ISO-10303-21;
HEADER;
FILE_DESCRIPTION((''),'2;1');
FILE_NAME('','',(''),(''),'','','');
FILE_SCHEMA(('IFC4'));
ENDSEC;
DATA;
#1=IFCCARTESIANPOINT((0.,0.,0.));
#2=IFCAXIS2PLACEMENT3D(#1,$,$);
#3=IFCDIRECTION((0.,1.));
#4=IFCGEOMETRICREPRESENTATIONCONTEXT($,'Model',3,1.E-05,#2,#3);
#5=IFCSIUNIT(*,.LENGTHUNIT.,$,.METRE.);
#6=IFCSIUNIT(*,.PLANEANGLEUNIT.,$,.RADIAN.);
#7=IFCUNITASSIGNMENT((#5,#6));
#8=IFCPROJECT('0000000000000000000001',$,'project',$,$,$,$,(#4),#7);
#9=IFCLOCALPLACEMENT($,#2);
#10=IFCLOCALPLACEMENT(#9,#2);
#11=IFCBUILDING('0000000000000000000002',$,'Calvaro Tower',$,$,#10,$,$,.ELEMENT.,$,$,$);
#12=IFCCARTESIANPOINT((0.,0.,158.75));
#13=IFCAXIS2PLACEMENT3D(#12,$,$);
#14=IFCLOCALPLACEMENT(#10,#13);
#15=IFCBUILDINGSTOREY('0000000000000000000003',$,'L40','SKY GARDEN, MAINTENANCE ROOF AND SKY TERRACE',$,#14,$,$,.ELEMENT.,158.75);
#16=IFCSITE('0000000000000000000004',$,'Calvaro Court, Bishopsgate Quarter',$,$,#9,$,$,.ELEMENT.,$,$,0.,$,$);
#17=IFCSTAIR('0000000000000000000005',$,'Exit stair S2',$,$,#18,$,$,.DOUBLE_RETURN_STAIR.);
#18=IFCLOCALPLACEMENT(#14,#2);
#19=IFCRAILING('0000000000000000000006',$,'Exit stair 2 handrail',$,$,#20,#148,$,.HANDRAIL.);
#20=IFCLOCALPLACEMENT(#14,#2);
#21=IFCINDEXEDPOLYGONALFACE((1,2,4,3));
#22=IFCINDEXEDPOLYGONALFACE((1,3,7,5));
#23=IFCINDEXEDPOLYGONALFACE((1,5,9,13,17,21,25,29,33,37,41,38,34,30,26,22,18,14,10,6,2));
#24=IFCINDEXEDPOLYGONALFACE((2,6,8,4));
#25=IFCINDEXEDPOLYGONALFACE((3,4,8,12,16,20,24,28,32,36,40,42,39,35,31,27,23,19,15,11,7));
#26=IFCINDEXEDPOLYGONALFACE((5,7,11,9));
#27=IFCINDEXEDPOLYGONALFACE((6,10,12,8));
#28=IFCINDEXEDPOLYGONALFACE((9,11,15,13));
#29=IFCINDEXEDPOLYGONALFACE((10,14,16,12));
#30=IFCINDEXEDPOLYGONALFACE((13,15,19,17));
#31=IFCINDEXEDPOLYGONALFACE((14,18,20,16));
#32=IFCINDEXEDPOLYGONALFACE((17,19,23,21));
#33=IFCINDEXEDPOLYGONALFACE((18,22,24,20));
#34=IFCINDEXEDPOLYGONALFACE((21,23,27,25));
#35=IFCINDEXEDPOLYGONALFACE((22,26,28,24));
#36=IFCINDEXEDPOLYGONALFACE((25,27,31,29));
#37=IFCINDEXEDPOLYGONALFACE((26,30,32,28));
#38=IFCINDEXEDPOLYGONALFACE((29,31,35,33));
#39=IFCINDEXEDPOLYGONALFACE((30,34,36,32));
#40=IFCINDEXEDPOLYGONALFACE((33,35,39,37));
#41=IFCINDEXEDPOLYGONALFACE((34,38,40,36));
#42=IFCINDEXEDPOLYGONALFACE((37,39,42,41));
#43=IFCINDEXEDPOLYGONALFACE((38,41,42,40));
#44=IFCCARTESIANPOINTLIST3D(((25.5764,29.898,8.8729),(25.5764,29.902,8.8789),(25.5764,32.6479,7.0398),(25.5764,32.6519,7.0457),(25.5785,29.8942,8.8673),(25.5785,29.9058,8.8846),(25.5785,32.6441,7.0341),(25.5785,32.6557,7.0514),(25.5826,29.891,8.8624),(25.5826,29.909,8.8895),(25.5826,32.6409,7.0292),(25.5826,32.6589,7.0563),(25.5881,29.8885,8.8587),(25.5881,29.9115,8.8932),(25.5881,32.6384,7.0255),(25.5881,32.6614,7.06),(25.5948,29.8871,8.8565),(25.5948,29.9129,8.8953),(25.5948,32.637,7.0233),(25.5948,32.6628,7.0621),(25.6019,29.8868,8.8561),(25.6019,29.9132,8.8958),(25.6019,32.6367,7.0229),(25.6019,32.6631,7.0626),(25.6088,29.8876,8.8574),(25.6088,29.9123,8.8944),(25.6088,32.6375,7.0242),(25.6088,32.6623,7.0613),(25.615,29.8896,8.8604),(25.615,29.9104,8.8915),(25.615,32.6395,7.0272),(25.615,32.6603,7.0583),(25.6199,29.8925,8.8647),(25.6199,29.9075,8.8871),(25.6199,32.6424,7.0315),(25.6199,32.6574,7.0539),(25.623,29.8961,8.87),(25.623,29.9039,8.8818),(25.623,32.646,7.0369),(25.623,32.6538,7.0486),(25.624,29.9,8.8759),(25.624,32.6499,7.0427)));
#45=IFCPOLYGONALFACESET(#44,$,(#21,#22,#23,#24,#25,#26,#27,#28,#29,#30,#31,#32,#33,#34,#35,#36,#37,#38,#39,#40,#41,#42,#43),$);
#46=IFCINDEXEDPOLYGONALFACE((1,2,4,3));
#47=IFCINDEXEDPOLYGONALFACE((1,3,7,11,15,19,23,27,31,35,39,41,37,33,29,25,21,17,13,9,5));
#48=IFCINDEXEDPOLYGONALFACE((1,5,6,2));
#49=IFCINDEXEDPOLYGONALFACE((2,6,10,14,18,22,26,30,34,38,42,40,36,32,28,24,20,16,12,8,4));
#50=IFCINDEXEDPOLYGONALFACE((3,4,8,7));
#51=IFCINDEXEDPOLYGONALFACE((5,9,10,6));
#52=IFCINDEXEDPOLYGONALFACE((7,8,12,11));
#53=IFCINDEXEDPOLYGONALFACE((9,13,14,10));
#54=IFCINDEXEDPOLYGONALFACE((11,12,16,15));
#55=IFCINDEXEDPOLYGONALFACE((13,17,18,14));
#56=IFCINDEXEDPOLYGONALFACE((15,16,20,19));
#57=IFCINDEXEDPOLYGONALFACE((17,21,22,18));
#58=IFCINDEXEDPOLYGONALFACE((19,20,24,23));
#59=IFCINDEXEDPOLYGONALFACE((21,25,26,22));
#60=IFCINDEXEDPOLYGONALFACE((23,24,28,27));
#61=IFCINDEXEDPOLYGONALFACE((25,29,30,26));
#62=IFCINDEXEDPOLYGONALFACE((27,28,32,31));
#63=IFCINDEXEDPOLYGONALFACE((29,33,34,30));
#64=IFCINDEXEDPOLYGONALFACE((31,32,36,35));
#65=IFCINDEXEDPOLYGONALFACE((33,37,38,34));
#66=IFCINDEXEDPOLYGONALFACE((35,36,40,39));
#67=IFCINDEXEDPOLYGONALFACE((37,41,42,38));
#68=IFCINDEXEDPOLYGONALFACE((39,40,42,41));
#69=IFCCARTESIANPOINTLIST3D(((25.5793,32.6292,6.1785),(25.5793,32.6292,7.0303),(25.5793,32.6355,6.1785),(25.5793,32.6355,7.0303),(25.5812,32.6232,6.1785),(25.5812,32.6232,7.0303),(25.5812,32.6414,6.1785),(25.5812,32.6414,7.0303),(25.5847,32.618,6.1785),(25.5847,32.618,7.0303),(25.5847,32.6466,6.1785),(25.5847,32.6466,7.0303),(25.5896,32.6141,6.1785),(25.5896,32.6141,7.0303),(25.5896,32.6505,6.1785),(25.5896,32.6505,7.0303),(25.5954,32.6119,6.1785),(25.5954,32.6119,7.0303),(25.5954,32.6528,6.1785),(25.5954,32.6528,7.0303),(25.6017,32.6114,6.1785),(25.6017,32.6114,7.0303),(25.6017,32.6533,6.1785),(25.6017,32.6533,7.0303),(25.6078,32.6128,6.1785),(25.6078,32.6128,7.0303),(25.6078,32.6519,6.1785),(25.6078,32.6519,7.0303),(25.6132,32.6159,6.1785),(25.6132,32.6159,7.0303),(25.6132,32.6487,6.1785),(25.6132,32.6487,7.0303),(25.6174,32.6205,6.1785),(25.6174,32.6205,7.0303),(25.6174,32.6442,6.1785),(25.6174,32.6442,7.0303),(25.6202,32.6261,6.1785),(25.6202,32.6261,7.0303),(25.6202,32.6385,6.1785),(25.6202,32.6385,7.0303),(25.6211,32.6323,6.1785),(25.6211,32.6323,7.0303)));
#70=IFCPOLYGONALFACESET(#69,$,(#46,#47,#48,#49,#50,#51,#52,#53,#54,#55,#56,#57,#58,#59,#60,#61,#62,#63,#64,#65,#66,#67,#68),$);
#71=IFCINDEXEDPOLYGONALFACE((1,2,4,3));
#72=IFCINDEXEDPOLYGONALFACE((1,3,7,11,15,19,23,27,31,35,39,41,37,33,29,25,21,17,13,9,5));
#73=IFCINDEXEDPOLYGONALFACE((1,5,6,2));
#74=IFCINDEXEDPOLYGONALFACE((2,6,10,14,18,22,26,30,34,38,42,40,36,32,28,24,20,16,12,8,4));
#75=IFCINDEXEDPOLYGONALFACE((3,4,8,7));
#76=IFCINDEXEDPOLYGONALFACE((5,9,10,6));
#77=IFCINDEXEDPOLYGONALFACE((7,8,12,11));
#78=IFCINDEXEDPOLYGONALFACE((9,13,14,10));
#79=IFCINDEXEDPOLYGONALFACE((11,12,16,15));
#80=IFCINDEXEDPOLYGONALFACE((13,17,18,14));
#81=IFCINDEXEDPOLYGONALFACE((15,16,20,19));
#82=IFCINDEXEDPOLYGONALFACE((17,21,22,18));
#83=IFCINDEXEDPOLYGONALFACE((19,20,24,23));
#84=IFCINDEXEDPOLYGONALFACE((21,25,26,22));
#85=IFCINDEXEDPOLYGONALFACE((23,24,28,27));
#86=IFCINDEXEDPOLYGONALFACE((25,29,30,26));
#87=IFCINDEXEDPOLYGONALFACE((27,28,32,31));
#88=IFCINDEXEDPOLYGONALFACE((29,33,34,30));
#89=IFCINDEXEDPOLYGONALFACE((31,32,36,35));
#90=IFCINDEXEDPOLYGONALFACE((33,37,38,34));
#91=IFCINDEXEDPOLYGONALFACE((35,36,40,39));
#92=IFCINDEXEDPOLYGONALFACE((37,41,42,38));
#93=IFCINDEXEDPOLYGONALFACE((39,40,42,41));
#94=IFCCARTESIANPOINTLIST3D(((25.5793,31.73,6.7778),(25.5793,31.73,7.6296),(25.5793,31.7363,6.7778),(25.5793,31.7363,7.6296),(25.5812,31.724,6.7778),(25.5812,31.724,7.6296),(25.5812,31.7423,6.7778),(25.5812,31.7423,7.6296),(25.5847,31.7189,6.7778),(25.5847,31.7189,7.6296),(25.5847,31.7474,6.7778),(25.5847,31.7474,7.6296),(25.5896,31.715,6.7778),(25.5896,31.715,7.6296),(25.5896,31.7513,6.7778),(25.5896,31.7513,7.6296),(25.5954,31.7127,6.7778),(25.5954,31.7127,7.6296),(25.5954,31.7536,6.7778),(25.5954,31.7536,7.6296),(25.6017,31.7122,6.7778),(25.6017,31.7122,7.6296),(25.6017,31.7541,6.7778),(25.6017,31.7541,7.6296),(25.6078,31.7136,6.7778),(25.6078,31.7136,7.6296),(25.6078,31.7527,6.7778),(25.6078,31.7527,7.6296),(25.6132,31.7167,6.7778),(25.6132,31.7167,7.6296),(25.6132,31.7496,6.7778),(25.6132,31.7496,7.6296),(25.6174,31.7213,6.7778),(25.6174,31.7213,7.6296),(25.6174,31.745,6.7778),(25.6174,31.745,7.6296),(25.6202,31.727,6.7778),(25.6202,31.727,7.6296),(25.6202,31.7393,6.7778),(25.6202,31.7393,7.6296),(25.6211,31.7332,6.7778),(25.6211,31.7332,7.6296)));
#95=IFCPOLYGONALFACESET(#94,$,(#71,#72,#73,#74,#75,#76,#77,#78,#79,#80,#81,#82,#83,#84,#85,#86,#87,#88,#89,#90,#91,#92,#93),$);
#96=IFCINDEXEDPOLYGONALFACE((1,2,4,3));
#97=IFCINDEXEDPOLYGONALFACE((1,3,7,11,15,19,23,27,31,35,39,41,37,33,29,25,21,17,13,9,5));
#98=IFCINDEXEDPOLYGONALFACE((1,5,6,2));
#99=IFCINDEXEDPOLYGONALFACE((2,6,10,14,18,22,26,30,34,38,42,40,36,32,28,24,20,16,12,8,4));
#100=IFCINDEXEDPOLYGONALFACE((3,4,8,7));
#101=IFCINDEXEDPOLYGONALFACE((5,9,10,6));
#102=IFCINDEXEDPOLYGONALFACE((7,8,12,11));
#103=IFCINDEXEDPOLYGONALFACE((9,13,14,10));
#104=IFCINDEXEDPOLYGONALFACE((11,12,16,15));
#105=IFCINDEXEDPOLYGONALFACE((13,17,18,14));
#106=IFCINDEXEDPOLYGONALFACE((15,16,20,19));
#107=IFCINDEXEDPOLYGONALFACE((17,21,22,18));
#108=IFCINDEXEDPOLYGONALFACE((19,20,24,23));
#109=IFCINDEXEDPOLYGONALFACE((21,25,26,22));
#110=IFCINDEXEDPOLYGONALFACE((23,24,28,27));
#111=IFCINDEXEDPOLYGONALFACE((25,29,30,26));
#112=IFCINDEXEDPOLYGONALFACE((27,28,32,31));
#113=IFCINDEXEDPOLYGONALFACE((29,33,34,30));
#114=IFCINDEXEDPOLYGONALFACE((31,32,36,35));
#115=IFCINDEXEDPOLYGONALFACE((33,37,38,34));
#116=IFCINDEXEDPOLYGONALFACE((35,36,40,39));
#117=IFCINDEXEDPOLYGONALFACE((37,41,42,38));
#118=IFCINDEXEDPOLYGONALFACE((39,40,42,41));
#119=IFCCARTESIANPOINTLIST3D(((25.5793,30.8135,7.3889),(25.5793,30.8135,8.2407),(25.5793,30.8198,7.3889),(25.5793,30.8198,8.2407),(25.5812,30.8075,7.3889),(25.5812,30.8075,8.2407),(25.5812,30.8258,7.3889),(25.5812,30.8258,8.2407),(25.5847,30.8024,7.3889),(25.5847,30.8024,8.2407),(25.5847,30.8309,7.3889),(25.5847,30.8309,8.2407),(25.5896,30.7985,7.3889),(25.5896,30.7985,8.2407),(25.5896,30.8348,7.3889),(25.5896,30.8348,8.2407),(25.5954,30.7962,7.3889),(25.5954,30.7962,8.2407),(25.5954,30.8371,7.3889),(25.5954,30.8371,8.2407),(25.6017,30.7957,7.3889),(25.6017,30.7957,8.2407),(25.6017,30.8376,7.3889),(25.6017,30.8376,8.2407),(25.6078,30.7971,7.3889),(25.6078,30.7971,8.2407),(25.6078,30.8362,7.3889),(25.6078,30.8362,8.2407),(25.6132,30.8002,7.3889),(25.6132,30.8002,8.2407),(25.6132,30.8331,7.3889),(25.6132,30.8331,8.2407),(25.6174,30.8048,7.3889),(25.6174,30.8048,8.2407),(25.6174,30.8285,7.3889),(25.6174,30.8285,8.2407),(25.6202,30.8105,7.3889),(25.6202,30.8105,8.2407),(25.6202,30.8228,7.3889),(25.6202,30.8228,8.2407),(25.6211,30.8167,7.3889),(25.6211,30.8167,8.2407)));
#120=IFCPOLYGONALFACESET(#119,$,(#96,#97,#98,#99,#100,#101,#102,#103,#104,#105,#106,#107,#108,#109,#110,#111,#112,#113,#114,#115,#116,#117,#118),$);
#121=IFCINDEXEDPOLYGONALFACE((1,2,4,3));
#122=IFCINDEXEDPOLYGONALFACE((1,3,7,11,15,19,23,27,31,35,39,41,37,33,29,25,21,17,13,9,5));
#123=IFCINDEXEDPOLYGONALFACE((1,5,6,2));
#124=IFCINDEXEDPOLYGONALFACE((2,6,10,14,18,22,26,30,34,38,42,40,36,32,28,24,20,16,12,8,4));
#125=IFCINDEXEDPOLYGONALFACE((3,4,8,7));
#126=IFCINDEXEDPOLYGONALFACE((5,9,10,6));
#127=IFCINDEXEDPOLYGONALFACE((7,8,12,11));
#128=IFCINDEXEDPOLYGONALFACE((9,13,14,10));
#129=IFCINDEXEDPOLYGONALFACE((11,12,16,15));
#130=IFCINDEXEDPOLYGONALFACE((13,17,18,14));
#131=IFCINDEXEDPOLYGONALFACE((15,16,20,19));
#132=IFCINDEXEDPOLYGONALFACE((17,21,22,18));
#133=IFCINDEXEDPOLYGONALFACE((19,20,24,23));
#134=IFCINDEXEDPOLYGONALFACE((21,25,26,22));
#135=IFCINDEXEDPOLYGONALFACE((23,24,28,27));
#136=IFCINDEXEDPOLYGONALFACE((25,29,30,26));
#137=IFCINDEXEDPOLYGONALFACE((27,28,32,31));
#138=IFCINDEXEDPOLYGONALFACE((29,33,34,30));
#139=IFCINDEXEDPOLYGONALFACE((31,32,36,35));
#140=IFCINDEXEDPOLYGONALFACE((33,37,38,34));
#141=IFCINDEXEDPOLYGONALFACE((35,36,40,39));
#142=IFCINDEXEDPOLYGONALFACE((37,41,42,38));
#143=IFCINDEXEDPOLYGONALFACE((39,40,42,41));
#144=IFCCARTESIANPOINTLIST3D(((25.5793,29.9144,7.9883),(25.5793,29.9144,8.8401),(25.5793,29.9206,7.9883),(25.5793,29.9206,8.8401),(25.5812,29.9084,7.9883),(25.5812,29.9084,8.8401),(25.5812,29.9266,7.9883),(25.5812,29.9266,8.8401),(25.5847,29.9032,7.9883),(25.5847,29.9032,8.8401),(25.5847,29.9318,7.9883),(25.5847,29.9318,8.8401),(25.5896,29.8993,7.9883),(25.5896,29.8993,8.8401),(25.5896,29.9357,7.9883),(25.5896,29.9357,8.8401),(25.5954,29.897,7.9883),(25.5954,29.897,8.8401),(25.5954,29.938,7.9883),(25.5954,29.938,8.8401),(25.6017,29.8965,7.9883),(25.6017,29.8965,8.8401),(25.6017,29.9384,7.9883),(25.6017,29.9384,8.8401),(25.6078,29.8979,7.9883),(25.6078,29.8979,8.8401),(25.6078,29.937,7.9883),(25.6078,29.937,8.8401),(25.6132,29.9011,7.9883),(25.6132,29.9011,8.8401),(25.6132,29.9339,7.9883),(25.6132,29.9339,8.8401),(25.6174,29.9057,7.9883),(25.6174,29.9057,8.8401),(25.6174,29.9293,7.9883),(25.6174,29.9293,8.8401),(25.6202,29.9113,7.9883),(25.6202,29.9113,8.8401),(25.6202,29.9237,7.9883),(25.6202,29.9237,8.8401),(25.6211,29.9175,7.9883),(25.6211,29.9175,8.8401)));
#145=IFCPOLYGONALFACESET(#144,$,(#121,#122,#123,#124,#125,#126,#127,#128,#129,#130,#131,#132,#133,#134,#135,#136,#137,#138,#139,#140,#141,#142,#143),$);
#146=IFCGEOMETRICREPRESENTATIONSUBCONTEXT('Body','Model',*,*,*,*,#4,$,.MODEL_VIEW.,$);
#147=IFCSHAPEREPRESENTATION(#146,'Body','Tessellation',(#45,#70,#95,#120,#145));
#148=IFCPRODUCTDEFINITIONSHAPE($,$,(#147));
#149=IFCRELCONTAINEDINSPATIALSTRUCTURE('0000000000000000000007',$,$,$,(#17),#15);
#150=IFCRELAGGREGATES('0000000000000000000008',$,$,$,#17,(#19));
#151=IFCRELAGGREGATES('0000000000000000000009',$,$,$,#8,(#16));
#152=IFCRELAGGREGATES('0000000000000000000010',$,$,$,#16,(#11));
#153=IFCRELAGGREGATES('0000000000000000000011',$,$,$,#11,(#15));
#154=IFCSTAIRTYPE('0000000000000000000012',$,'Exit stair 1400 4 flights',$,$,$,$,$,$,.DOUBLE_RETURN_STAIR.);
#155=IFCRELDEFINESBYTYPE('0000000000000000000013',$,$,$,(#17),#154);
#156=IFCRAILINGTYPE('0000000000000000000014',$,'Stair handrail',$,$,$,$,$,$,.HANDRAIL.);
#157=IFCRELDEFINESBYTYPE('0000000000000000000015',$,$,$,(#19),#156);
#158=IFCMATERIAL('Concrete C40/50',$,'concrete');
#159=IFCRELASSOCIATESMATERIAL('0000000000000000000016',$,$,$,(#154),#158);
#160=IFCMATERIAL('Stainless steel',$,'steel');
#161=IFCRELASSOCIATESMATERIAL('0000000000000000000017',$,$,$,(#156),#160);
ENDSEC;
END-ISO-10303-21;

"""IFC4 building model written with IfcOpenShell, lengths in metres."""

from ifc_helpers import new_model, si_unit, direction, frame, origin, origin_2d, place, context, subcontext, project, spatial, circle, extrude, material, type_object, element, aggregate, save


model = new_model("IFC4")

# Units and contexts
model_context = context("Model", 3, precision=1e-05, world=origin(), true_north=direction((0.0, 1.0)))
body_context = subcontext(model_context, "Body", "Model", "MODEL_VIEW")
ifc_project = project(units=[si_unit("LENGTHUNIT", "METRE"), si_unit("PLANEANGLEUNIT", "RADIAN")], contexts=[model_context])

# Site, building, storey
site_placement = place(None, origin())
site = spatial("IfcSite", under=ifc_project, at=site_placement, Name="Calvaro Court, Bishopsgate Quarter", CompositionType="ELEMENT", RefElevation=0.0)
building_placement = place(site_placement, origin())
building = spatial("IfcBuilding", under=site, at=building_placement, Name="Calvaro Tower", CompositionType="ELEMENT")
storey_placement = place(building_placement, frame((0.0, 0.0, 158.75)))
storey = spatial("IfcBuildingStorey", under=building, at=storey_placement, Name="L40", Description="SKY GARDEN, MAINTENANCE ROOF AND SKY TERRACE", CompositionType="ELEMENT", Elevation=158.75)

# Stair, railing
ifc_material_1 = material(Name="Concrete C40/50", Category="concrete")
stair_type = type_object("IfcStairType", Name="Exit stair 1400 4 flights", PredefinedType="DOUBLE_RETURN_STAIR", material=ifc_material_1)
stair_placement = place(storey_placement, origin())
stair = element("IfcStair", 1, at=stair_placement, inside=storey, type_object=stair_type, Name="Exit stair S2", PredefinedType="DOUBLE_RETURN_STAIR")
ifc_material_2 = material(Name="Stainless steel", Category="steel")
railing_type = type_object("IfcRailingType", Name="Stair handrail", PredefinedType="HANDRAIL", material=ifc_material_2)
railing_1_placement = place(storey_placement, frame((25.6001, 32.6499, 6.1667)))
railing_1 = element("IfcRailing", 2, at=railing_1_placement, type_object=railing_type, Name="Exit stair 2 handrail", PredefinedType="HANDRAIL", context=body_context, shape_type="SweptSolid", body=[
    extrude(circle(Radius=0.0239, at=origin_2d()), frame((0.0, 0.0, 0.876), z_axis=(0.0, -0.832062, 0.554683), x_axis=(1.0, 0.0, 0.0)), (0.0, 0.0, 1.0), 3.3049),
    extrude(circle(Radius=0.021, at=origin_2d()), frame((0.0, -0.0176, 0.0117)), (0.0, 0.0, 1.0), 0.8518),
    extrude(circle(Radius=0.021, at=origin_2d()), frame((0.0, -0.9167, 0.6111)), (0.0, 0.0, 1.0), 0.8518),
    extrude(circle(Radius=0.021, at=origin_2d()), frame((0.0, -1.8333, 1.2222)), (0.0, 0.0, 1.0), 0.8518),
    extrude(circle(Radius=0.021, at=origin_2d()), frame((0.0, -2.7324, 1.8215)), (0.0, 0.0, 1.0), 0.8518),
])
aggregate(stair, [railing_1])

save(model, "model.ifc")
